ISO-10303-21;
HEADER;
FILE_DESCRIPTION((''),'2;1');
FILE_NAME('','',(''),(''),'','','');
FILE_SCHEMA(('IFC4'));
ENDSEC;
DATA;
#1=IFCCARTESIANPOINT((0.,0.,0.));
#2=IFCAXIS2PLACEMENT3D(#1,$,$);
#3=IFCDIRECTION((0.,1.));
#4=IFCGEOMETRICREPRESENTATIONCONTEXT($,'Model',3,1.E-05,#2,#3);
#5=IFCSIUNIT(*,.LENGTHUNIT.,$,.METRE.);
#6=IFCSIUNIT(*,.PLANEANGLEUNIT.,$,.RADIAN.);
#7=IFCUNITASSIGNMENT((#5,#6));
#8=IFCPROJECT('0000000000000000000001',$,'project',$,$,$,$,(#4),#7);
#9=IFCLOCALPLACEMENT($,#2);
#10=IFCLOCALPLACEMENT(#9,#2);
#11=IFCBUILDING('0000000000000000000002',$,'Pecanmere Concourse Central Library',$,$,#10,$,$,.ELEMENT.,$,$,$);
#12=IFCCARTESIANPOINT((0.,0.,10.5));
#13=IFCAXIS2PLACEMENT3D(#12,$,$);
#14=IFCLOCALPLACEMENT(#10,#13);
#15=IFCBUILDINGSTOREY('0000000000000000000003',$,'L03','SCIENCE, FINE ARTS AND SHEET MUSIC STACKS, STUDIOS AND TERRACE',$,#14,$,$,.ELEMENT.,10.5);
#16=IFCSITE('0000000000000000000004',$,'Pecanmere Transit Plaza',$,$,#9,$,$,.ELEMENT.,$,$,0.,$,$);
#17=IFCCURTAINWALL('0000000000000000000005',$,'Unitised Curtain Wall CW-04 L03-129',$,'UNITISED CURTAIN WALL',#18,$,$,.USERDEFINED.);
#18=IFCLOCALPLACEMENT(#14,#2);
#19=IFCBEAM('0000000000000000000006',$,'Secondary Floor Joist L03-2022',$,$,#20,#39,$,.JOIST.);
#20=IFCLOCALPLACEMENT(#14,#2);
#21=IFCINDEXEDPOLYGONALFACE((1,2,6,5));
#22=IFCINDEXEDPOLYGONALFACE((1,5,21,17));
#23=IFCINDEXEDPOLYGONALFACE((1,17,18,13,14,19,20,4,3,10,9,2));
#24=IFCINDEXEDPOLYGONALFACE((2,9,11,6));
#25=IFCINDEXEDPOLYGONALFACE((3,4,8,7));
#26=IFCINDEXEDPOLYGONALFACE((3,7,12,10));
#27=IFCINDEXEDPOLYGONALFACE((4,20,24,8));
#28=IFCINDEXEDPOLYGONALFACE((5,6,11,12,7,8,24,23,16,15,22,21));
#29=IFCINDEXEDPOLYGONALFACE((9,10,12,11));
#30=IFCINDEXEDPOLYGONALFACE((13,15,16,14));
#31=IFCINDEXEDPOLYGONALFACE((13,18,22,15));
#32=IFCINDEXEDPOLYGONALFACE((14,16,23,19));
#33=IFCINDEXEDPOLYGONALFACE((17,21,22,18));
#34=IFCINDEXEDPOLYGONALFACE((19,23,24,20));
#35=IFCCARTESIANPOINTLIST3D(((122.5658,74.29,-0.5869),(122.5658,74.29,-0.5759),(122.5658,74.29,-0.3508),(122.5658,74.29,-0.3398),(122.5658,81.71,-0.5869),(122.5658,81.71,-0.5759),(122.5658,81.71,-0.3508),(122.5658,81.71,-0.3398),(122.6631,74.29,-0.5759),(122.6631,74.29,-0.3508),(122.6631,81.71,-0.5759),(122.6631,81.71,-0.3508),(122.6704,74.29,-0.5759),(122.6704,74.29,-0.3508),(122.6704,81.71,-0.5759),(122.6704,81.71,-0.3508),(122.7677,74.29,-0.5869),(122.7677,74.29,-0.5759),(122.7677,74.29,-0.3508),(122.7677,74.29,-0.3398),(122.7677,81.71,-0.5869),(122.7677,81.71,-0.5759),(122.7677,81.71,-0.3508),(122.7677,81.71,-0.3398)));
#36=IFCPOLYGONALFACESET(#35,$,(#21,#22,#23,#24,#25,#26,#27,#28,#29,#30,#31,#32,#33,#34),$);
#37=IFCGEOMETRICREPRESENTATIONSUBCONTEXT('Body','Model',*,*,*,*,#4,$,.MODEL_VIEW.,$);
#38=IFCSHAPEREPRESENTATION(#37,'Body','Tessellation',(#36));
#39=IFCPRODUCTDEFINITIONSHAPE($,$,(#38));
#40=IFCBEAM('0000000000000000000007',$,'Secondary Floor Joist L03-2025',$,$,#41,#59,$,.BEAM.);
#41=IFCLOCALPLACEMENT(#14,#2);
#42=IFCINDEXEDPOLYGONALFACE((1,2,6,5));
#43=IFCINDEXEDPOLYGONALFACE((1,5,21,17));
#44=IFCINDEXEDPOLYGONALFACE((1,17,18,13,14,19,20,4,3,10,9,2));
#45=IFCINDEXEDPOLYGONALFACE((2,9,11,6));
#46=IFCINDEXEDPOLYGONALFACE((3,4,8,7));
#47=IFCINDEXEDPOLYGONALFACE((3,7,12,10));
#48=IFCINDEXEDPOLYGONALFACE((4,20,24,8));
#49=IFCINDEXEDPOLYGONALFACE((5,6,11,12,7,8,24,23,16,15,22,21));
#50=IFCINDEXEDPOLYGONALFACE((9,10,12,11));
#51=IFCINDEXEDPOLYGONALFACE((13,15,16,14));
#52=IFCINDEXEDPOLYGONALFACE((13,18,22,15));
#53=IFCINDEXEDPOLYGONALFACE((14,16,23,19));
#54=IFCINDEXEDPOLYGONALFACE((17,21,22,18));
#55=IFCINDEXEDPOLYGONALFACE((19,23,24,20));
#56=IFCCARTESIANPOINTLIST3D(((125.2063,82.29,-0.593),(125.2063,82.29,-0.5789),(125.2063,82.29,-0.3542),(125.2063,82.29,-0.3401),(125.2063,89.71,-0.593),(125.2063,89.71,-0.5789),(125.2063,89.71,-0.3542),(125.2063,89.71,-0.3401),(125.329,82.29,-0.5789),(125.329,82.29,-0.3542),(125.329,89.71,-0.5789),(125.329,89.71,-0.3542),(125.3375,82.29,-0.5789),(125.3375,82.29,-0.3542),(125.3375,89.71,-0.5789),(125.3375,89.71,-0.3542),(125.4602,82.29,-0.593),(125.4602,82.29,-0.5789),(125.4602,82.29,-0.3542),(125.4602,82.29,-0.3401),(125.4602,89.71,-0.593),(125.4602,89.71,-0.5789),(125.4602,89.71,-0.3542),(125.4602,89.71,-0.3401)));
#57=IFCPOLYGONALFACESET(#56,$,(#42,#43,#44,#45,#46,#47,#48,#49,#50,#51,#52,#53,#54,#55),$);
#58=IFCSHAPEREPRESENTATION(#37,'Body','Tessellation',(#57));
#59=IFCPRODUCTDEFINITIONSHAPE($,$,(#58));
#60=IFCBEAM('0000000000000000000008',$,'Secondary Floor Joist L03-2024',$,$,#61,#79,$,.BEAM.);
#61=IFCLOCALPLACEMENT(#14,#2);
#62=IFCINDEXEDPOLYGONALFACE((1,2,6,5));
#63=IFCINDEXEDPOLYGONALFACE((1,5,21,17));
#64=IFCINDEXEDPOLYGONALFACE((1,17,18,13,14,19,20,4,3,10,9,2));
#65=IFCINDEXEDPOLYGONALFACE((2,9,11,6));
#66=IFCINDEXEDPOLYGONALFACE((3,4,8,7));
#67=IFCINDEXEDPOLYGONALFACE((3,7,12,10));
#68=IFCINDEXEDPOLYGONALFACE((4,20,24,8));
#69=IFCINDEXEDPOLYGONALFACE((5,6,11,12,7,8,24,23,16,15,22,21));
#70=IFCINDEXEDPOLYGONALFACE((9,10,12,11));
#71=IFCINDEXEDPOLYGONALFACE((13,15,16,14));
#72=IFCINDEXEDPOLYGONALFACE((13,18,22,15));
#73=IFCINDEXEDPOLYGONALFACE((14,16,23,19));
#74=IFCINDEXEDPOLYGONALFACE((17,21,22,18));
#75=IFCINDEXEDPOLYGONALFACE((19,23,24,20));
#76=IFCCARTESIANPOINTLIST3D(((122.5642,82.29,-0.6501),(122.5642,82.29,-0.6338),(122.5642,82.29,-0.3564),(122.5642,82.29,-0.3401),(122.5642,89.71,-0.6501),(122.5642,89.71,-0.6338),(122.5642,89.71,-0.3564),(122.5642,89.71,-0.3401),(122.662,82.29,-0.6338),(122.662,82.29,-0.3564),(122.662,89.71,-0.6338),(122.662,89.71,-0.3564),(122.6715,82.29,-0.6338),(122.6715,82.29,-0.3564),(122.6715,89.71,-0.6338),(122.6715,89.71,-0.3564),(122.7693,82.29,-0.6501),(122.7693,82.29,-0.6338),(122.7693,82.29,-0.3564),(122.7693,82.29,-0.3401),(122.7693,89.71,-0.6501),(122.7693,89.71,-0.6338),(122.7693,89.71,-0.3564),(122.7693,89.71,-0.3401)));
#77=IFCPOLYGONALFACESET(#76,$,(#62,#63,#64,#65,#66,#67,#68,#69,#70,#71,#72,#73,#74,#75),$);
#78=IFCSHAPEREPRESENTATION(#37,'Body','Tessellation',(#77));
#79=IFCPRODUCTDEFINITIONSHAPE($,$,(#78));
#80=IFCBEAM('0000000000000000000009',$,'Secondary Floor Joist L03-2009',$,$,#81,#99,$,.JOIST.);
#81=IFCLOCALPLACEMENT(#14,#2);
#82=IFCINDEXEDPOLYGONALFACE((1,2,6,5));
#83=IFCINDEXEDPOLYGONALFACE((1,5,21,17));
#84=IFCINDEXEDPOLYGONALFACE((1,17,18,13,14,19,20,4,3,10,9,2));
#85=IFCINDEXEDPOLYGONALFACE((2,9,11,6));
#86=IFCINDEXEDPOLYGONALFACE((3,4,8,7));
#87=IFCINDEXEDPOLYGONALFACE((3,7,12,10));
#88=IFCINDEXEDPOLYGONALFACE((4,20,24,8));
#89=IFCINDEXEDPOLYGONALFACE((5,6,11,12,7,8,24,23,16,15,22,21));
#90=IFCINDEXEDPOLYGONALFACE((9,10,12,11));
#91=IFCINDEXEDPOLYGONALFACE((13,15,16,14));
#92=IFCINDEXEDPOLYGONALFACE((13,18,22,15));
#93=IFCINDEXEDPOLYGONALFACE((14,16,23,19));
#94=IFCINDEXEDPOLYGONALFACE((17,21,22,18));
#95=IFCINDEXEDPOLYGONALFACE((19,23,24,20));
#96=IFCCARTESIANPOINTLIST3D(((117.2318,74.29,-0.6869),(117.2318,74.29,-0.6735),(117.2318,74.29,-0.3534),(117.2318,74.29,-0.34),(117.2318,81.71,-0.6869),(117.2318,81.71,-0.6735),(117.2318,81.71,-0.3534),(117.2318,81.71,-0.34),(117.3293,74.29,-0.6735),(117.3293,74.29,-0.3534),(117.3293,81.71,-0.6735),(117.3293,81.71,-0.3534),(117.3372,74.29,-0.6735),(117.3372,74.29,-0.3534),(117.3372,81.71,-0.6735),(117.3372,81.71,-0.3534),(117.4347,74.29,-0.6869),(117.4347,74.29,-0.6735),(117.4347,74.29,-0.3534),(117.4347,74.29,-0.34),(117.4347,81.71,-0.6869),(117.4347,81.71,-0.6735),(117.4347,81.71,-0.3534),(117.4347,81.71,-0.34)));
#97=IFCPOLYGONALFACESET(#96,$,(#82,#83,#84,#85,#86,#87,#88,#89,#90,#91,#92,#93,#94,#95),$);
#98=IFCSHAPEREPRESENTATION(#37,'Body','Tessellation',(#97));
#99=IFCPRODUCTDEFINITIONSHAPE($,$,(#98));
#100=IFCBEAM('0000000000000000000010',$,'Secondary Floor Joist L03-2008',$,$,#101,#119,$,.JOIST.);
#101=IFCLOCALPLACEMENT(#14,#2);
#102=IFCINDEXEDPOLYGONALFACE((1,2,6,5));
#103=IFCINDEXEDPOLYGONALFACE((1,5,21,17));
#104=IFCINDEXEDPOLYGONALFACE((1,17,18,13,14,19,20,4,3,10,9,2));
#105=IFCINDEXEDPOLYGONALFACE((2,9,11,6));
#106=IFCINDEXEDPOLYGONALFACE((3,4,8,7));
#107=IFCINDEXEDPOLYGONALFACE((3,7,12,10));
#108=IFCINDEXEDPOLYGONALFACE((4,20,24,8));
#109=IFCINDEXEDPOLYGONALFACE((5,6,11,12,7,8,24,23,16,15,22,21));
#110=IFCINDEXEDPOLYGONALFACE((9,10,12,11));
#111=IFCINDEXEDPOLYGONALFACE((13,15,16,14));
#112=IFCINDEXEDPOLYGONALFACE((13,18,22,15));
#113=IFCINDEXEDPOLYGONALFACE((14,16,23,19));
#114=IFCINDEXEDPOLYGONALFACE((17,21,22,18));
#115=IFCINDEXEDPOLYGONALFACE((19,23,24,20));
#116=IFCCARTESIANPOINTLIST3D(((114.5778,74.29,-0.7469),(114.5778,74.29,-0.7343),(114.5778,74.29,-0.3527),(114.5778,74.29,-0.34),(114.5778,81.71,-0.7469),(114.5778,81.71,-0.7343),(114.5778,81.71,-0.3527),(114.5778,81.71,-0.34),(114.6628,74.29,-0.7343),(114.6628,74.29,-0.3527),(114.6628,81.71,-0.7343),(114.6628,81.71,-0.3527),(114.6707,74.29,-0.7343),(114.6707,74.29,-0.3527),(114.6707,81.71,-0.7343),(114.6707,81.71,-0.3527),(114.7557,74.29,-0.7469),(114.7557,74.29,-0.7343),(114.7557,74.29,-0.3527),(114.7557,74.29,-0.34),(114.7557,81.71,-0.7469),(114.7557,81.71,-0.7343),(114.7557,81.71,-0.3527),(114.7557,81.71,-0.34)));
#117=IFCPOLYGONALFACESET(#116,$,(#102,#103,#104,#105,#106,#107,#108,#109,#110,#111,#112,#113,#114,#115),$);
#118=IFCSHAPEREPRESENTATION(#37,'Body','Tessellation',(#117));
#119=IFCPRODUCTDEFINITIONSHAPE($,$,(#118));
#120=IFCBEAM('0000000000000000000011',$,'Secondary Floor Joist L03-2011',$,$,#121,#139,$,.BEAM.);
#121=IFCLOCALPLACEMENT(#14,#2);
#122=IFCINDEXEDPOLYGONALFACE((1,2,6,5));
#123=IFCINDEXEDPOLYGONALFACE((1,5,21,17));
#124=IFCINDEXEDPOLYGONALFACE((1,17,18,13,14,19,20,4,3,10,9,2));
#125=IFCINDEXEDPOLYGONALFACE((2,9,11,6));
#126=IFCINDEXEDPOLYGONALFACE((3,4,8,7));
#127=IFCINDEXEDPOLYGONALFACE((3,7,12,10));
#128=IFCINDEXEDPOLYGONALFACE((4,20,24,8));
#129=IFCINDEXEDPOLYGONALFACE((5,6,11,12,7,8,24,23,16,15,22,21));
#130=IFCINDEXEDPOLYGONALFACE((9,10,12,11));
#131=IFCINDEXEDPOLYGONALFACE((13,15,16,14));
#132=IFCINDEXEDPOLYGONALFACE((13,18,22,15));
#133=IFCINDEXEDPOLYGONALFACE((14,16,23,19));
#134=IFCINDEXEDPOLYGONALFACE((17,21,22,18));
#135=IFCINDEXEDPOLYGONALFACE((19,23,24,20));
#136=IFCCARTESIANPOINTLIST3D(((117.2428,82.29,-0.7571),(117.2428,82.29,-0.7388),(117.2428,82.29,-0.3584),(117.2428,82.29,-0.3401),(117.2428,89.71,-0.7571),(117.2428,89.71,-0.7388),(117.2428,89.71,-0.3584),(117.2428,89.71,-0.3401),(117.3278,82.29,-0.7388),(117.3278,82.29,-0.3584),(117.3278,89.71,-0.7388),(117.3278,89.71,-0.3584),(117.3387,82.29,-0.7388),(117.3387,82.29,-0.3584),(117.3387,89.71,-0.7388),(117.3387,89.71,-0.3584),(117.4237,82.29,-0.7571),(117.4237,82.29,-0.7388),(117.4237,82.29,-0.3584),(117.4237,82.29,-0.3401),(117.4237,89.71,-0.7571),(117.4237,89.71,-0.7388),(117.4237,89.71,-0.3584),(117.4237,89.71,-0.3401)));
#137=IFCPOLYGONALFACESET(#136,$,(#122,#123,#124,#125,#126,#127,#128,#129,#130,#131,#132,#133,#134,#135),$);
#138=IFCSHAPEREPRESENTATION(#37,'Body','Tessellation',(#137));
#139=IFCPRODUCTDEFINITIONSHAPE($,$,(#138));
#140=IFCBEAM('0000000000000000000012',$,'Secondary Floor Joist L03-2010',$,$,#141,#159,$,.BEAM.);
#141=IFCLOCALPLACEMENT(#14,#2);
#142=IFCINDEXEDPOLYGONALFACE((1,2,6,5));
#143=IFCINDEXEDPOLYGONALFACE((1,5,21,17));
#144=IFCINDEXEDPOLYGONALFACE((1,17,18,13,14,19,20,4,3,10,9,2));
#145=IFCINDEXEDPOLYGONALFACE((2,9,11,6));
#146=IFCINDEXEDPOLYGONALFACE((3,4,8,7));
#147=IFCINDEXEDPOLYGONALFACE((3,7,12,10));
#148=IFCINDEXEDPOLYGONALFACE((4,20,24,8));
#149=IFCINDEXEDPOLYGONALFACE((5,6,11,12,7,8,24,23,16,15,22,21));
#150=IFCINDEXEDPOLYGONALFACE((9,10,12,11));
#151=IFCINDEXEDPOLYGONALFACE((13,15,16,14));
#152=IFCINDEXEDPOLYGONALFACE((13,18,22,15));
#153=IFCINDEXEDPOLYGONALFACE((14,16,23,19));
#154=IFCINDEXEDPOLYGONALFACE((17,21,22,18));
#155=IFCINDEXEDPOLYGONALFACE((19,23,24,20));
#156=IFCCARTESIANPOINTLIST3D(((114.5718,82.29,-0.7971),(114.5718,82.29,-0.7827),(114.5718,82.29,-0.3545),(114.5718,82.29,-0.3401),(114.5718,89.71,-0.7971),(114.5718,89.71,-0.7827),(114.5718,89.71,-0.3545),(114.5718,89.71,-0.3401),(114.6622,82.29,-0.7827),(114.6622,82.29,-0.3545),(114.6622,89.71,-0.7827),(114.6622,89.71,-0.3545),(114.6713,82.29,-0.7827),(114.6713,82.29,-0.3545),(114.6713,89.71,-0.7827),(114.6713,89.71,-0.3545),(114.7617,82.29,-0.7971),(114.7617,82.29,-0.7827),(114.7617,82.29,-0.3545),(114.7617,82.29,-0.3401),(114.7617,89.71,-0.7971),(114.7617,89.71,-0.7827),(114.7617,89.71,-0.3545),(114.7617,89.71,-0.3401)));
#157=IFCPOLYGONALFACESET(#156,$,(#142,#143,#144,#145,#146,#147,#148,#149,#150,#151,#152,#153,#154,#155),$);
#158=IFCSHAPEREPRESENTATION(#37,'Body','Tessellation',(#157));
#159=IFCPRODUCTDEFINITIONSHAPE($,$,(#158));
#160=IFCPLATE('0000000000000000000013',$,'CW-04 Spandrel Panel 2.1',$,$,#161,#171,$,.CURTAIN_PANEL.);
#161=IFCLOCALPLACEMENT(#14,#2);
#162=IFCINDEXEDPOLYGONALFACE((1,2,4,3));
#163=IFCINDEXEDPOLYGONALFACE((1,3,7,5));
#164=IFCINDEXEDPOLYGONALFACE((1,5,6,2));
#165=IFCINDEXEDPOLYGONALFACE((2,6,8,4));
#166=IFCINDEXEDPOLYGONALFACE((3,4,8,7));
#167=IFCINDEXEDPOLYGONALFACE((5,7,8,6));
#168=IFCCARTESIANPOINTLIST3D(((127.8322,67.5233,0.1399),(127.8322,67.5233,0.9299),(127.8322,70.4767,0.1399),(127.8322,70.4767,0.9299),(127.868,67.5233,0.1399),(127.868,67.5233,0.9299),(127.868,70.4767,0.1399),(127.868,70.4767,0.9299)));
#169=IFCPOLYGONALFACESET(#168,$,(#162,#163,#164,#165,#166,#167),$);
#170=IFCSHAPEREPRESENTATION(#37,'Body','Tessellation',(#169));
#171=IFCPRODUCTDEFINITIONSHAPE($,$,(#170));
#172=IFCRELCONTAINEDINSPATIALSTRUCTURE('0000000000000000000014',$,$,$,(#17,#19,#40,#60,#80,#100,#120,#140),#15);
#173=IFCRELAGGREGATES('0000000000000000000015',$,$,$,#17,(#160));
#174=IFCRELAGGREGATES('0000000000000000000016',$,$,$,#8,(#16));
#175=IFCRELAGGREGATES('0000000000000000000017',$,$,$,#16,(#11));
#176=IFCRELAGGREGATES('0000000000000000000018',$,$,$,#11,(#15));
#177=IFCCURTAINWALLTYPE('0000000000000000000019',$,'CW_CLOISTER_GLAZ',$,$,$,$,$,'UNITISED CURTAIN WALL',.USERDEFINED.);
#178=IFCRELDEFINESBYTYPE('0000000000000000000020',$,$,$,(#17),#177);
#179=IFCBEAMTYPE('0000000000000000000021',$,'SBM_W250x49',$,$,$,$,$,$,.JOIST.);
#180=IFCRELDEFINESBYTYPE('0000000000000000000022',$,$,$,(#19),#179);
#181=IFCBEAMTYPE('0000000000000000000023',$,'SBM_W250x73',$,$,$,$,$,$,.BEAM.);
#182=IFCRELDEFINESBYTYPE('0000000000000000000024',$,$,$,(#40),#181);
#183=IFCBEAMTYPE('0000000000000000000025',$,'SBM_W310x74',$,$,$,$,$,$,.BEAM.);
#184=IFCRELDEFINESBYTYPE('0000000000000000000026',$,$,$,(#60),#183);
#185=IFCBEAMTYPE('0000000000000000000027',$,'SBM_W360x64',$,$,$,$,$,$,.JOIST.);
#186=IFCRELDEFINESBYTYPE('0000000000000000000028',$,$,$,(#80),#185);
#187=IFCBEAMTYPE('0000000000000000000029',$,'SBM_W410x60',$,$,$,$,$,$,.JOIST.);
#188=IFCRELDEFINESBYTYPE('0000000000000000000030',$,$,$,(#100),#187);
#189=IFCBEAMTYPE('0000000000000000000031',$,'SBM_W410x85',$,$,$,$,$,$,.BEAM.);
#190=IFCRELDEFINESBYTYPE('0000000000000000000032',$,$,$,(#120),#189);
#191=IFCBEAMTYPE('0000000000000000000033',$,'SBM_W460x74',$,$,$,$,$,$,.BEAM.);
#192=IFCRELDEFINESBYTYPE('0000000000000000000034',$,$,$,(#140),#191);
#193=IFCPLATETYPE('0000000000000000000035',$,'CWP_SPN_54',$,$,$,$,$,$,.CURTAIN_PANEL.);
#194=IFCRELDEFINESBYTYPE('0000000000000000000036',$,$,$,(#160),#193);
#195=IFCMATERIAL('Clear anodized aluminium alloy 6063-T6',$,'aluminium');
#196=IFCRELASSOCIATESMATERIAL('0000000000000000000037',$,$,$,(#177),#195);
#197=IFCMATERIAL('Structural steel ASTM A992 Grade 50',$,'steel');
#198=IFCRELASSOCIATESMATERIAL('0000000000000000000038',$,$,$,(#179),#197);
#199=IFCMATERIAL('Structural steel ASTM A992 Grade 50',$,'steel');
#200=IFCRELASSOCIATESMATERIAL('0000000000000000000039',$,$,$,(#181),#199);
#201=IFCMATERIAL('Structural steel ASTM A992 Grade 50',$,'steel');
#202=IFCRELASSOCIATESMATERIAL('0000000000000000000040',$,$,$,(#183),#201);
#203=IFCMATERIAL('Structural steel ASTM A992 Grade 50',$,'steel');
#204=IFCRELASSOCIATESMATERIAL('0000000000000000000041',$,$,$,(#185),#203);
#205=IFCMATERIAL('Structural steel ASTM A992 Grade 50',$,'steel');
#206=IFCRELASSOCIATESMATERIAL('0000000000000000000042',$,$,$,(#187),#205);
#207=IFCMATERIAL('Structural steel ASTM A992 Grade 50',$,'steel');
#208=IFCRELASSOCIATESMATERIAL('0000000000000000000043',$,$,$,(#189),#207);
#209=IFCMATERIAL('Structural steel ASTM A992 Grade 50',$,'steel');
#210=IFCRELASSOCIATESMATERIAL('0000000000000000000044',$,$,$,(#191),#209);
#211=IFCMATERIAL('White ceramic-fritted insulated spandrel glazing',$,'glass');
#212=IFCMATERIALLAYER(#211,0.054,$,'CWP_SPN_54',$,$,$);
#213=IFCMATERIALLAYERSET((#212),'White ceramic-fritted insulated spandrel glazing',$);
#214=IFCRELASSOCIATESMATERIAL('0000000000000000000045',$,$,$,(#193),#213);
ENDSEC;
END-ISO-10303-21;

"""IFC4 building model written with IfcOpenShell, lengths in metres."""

from ifc_helpers import new_model, si_unit, direction, frame, origin, origin_2d, place, context, subcontext, project, spatial, rectangle, i_section, extrude, material, layer, layer_set, material_profile, profile_set, type_object, element, aggregate, save


model = new_model("IFC4")

# Units and contexts
model_context = context("Model", 3, precision=1e-05, world=origin(), true_north=direction((0.0, 1.0)))
body_context = subcontext(model_context, "Body", "Model", "MODEL_VIEW")
ifc_project = project(units=[si_unit("LENGTHUNIT", "METRE"), si_unit("PLANEANGLEUNIT", "RADIAN")], contexts=[model_context])

# Site, building, storey
site_placement = place(None, origin())
site = spatial("IfcSite", under=ifc_project, at=site_placement, Name="Pecanmere Transit Plaza", CompositionType="ELEMENT", RefElevation=0.0)
building_placement = place(site_placement, origin())
building = spatial("IfcBuilding", under=site, at=building_placement, Name="Pecanmere Concourse Central Library", CompositionType="ELEMENT")
storey_placement = place(building_placement, frame((0.0, 0.0, 10.5)))
storey = spatial("IfcBuildingStorey", under=building, at=storey_placement, Name="L03", Description="SCIENCE, FINE ARTS AND SHEET MUSIC STACKS, STUDIOS AND TERRACE", CompositionType="ELEMENT", Elevation=10.5)

# Curtain wall
ifc_material_1 = material(Name="Clear anodized aluminium alloy 6063-T6", Category="aluminium")
curtain_wall_type = type_object("IfcCurtainWallType", Name="CW_CLOISTER_GLAZ", ElementType="UNITISED CURTAIN WALL", PredefinedType="USERDEFINED", material=ifc_material_1)
curtain_wall_placement = place(storey_placement, origin())
curtain_wall = element("IfcCurtainWall", 1, at=curtain_wall_placement, inside=storey, type_object=curtain_wall_type, Name="Unitised Curtain Wall CW-04 L03-129", ObjectType="UNITISED CURTAIN WALL", PredefinedType="USERDEFINED")

# Beams
ifc_material_2 = material(Name="Structural steel ASTM A992 Grade 50", Category="steel")
ifc_material_profile_1 = material_profile(ifc_material_2, i_section(OverallWidth=0.2019, OverallDepth=0.2471, WebThickness=0.0073, FlangeThickness=0.011, at=origin_2d()), Name="W250x49.1")
ifc_profile_set_1 = profile_set([ifc_material_profile_1], Name="Structural steel ASTM A992 Grade 50")
beam_type_1 = type_object("IfcBeamType", Name="SBM_W250x49", PredefinedType="JOIST", material=ifc_profile_set_1)
beam_1_placement = place(storey_placement, frame((122.6667, 74.29, -0.4634), z_axis=(0.0, 1.0, 0.0), x_axis=(-1.0, 0.0, 0.0)))
element("IfcBeam", 2, at=beam_1_placement, inside=storey, type_object=beam_type_1, Name="Secondary Floor Joist L03-2022", PredefinedType="JOIST", context=body_context, shape_type="SweptSolid", body=[
    extrude(i_section(OverallWidth=0.2019, OverallDepth=0.2471, WebThickness=0.0073, FlangeThickness=0.011, at=origin_2d()), origin(), (0.0, 0.0, 1.0), 7.4199),
])
ifc_material_3 = material(Name="Structural steel ASTM A992 Grade 50", Category="steel")
ifc_material_profile_2 = material_profile(ifc_material_3, i_section(OverallWidth=0.2539, OverallDepth=0.2529, WebThickness=0.0085, FlangeThickness=0.0142, at=origin_2d()), Name="W250x73")
ifc_profile_set_2 = profile_set([ifc_material_profile_2], Name="Structural steel ASTM A992 Grade 50")
beam_type_2 = type_object("IfcBeamType", Name="SBM_W250x73", PredefinedType="BEAM", material=ifc_profile_set_2)
beam_2_placement = place(storey_placement, frame((125.3333, 82.29, -0.4666), z_axis=(0.0, 1.0, 0.0), x_axis=(-1.0, 0.0, 0.0)))
element("IfcBeam", 3, at=beam_2_placement, inside=storey, type_object=beam_type_2, Name="Secondary Floor Joist L03-2025", PredefinedType="BEAM", context=body_context, shape_type="SweptSolid", body=[
    extrude(i_section(OverallWidth=0.2539, OverallDepth=0.2529, WebThickness=0.0085, FlangeThickness=0.0142, at=origin_2d()), origin(), (0.0, 0.0, 1.0), 7.4199),
])
ifc_material_4 = material(Name="Structural steel ASTM A992 Grade 50", Category="steel")
ifc_material_profile_3 = material_profile(ifc_material_4, i_section(OverallWidth=0.2051, OverallDepth=0.3101, WebThickness=0.0095, FlangeThickness=0.0164, at=origin_2d()), Name="W310x74")
ifc_profile_set_3 = profile_set([ifc_material_profile_3], Name="Structural steel ASTM A992 Grade 50")
beam_type_3 = type_object("IfcBeamType", Name="SBM_W310x74", PredefinedType="BEAM", material=ifc_profile_set_3)
beam_3_placement = place(storey_placement, frame((122.6667, 82.29, -0.4951), z_axis=(0.0, 1.0, 0.0), x_axis=(-1.0, 0.0, 0.0)))
element("IfcBeam", 4, at=beam_3_placement, inside=storey, type_object=beam_type_3, Name="Secondary Floor Joist L03-2024", PredefinedType="BEAM", context=body_context, shape_type="SweptSolid", body=[
    extrude(i_section(OverallWidth=0.2051, OverallDepth=0.3101, WebThickness=0.0095, FlangeThickness=0.0164, at=origin_2d()), origin(), (0.0, 0.0, 1.0), 7.4199),
])
ifc_material_5 = material(Name="Structural steel ASTM A992 Grade 50", Category="steel")
ifc_material_profile_4 = material_profile(ifc_material_5, i_section(OverallWidth=0.2029, OverallDepth=0.3469, WebThickness=0.0078, FlangeThickness=0.0134, at=origin_2d()), Name="W360x64")
ifc_profile_set_4 = profile_set([ifc_material_profile_4], Name="Structural steel ASTM A992 Grade 50")
beam_type_4 = type_object("IfcBeamType", Name="SBM_W360x64", PredefinedType="JOIST", material=ifc_profile_set_4)
beam_4_placement = place(storey_placement, frame((117.3333, 74.29, -0.5134), z_axis=(0.0, 1.0, 0.0), x_axis=(-1.0, 0.0, 0.0)))
element("IfcBeam", 5, at=beam_4_placement, inside=storey, type_object=beam_type_4, Name="Secondary Floor Joist L03-2009", PredefinedType="JOIST", context=body_context, shape_type="SweptSolid", body=[
    extrude(i_section(OverallWidth=0.2029, OverallDepth=0.3469, WebThickness=0.0078, FlangeThickness=0.0134, at=origin_2d()), origin(), (0.0, 0.0, 1.0), 7.4199),
])
ifc_material_6 = material(Name="Structural steel ASTM A992 Grade 50", Category="steel")
ifc_material_profile_5 = material_profile(ifc_material_6, i_section(OverallWidth=0.178, OverallDepth=0.407, WebThickness=0.0078, FlangeThickness=0.0127, at=origin_2d()), Name="W410x60")
ifc_profile_set_5 = profile_set([ifc_material_profile_5], Name="Structural steel ASTM A992 Grade 50")
beam_type_5 = type_object("IfcBeamType", Name="SBM_W410x60", PredefinedType="JOIST", material=ifc_profile_set_5)
beam_5_placement = place(storey_placement, frame((114.6667, 74.29, -0.5435), z_axis=(0.0, 1.0, 0.0), x_axis=(-1.0, 0.0, 0.0)))
element("IfcBeam", 6, at=beam_5_placement, inside=storey, type_object=beam_type_5, Name="Secondary Floor Joist L03-2008", PredefinedType="JOIST", context=body_context, shape_type="SweptSolid", body=[
    extrude(i_section(OverallWidth=0.178, OverallDepth=0.407, WebThickness=0.0078, FlangeThickness=0.0127, at=origin_2d()), origin(), (0.0, 0.0, 1.0), 7.4199),
])
ifc_material_7 = material(Name="Structural steel ASTM A992 Grade 50", Category="steel")
ifc_material_profile_6 = material_profile(ifc_material_7, i_section(OverallWidth=0.1809, OverallDepth=0.417, WebThickness=0.011, FlangeThickness=0.0183, at=origin_2d()), Name="W410x85")
ifc_profile_set_6 = profile_set([ifc_material_profile_6], Name="Structural steel ASTM A992 Grade 50")
beam_type_6 = type_object("IfcBeamType", Name="SBM_W410x85", PredefinedType="BEAM", material=ifc_profile_set_6)
beam_6_placement = place(storey_placement, frame((117.3333, 82.29, -0.5486), z_axis=(0.0, 1.0, 0.0), x_axis=(-1.0, 0.0, 0.0)))
element("IfcBeam", 7, at=beam_6_placement, inside=storey, type_object=beam_type_6, Name="Secondary Floor Joist L03-2011", PredefinedType="BEAM", context=body_context, shape_type="SweptSolid", body=[
    extrude(i_section(OverallWidth=0.1809, OverallDepth=0.417, WebThickness=0.011, FlangeThickness=0.0183, at=origin_2d()), origin(), (0.0, 0.0, 1.0), 7.4199),
])
ifc_material_8 = material(Name="Structural steel ASTM A992 Grade 50", Category="steel")
ifc_material_profile_7 = material_profile(ifc_material_8, i_section(OverallWidth=0.1899, OverallDepth=0.457, WebThickness=0.009, FlangeThickness=0.0144, at=origin_2d()), Name="W460x74")
ifc_profile_set_7 = profile_set([ifc_material_profile_7], Name="Structural steel ASTM A992 Grade 50")
beam_type_7 = type_object("IfcBeamType", Name="SBM_W460x74", PredefinedType="BEAM", material=ifc_profile_set_7)
beam_7_placement = place(storey_placement, frame((114.6667, 82.29, -0.5686), z_axis=(0.0, 1.0, 0.0), x_axis=(-1.0, 0.0, 0.0)))
element("IfcBeam", 8, at=beam_7_placement, inside=storey, type_object=beam_type_7, Name="Secondary Floor Joist L03-2010", PredefinedType="BEAM", context=body_context, shape_type="SweptSolid", body=[
    extrude(i_section(OverallWidth=0.1899, OverallDepth=0.457, WebThickness=0.009, FlangeThickness=0.0144, at=origin_2d()), origin(), (0.0, 0.0, 1.0), 7.4199),
])

# Plate
ifc_material_9 = material(Name="White ceramic-fritted insulated spandrel glazing", Category="glass")
ifc_layer_1 = layer(ifc_material_9, 0.054, Name="CWP_SPN_54")
ifc_layer_set_1 = layer_set([ifc_layer_1], Name="White ceramic-fritted insulated spandrel glazing")
plate_type_1 = type_object("IfcPlateType", Name="CWP_SPN_54", PredefinedType="CURTAIN_PANEL", material=ifc_layer_set_1)
plate_1_placement = place(storey_placement, frame((127.8501, 69.0, 0.1399), z_axis=(0.0, 0.0, 1.0), x_axis=(0.0, 1.0, 0.0)))
plate_1 = element("IfcPlate", 9, at=plate_1_placement, type_object=plate_type_1, Name="CW-04 Spandrel Panel 2.1", PredefinedType="CURTAIN_PANEL", context=body_context, shape_type="SweptSolid", body=[
    extrude(rectangle(XDim=2.9534, YDim=0.0359, at=origin_2d()), origin(), (0.0, 0.0, 1.0), 0.79),
])
aggregate(curtain_wall, [plate_1])

save(model, "model.ifc")
